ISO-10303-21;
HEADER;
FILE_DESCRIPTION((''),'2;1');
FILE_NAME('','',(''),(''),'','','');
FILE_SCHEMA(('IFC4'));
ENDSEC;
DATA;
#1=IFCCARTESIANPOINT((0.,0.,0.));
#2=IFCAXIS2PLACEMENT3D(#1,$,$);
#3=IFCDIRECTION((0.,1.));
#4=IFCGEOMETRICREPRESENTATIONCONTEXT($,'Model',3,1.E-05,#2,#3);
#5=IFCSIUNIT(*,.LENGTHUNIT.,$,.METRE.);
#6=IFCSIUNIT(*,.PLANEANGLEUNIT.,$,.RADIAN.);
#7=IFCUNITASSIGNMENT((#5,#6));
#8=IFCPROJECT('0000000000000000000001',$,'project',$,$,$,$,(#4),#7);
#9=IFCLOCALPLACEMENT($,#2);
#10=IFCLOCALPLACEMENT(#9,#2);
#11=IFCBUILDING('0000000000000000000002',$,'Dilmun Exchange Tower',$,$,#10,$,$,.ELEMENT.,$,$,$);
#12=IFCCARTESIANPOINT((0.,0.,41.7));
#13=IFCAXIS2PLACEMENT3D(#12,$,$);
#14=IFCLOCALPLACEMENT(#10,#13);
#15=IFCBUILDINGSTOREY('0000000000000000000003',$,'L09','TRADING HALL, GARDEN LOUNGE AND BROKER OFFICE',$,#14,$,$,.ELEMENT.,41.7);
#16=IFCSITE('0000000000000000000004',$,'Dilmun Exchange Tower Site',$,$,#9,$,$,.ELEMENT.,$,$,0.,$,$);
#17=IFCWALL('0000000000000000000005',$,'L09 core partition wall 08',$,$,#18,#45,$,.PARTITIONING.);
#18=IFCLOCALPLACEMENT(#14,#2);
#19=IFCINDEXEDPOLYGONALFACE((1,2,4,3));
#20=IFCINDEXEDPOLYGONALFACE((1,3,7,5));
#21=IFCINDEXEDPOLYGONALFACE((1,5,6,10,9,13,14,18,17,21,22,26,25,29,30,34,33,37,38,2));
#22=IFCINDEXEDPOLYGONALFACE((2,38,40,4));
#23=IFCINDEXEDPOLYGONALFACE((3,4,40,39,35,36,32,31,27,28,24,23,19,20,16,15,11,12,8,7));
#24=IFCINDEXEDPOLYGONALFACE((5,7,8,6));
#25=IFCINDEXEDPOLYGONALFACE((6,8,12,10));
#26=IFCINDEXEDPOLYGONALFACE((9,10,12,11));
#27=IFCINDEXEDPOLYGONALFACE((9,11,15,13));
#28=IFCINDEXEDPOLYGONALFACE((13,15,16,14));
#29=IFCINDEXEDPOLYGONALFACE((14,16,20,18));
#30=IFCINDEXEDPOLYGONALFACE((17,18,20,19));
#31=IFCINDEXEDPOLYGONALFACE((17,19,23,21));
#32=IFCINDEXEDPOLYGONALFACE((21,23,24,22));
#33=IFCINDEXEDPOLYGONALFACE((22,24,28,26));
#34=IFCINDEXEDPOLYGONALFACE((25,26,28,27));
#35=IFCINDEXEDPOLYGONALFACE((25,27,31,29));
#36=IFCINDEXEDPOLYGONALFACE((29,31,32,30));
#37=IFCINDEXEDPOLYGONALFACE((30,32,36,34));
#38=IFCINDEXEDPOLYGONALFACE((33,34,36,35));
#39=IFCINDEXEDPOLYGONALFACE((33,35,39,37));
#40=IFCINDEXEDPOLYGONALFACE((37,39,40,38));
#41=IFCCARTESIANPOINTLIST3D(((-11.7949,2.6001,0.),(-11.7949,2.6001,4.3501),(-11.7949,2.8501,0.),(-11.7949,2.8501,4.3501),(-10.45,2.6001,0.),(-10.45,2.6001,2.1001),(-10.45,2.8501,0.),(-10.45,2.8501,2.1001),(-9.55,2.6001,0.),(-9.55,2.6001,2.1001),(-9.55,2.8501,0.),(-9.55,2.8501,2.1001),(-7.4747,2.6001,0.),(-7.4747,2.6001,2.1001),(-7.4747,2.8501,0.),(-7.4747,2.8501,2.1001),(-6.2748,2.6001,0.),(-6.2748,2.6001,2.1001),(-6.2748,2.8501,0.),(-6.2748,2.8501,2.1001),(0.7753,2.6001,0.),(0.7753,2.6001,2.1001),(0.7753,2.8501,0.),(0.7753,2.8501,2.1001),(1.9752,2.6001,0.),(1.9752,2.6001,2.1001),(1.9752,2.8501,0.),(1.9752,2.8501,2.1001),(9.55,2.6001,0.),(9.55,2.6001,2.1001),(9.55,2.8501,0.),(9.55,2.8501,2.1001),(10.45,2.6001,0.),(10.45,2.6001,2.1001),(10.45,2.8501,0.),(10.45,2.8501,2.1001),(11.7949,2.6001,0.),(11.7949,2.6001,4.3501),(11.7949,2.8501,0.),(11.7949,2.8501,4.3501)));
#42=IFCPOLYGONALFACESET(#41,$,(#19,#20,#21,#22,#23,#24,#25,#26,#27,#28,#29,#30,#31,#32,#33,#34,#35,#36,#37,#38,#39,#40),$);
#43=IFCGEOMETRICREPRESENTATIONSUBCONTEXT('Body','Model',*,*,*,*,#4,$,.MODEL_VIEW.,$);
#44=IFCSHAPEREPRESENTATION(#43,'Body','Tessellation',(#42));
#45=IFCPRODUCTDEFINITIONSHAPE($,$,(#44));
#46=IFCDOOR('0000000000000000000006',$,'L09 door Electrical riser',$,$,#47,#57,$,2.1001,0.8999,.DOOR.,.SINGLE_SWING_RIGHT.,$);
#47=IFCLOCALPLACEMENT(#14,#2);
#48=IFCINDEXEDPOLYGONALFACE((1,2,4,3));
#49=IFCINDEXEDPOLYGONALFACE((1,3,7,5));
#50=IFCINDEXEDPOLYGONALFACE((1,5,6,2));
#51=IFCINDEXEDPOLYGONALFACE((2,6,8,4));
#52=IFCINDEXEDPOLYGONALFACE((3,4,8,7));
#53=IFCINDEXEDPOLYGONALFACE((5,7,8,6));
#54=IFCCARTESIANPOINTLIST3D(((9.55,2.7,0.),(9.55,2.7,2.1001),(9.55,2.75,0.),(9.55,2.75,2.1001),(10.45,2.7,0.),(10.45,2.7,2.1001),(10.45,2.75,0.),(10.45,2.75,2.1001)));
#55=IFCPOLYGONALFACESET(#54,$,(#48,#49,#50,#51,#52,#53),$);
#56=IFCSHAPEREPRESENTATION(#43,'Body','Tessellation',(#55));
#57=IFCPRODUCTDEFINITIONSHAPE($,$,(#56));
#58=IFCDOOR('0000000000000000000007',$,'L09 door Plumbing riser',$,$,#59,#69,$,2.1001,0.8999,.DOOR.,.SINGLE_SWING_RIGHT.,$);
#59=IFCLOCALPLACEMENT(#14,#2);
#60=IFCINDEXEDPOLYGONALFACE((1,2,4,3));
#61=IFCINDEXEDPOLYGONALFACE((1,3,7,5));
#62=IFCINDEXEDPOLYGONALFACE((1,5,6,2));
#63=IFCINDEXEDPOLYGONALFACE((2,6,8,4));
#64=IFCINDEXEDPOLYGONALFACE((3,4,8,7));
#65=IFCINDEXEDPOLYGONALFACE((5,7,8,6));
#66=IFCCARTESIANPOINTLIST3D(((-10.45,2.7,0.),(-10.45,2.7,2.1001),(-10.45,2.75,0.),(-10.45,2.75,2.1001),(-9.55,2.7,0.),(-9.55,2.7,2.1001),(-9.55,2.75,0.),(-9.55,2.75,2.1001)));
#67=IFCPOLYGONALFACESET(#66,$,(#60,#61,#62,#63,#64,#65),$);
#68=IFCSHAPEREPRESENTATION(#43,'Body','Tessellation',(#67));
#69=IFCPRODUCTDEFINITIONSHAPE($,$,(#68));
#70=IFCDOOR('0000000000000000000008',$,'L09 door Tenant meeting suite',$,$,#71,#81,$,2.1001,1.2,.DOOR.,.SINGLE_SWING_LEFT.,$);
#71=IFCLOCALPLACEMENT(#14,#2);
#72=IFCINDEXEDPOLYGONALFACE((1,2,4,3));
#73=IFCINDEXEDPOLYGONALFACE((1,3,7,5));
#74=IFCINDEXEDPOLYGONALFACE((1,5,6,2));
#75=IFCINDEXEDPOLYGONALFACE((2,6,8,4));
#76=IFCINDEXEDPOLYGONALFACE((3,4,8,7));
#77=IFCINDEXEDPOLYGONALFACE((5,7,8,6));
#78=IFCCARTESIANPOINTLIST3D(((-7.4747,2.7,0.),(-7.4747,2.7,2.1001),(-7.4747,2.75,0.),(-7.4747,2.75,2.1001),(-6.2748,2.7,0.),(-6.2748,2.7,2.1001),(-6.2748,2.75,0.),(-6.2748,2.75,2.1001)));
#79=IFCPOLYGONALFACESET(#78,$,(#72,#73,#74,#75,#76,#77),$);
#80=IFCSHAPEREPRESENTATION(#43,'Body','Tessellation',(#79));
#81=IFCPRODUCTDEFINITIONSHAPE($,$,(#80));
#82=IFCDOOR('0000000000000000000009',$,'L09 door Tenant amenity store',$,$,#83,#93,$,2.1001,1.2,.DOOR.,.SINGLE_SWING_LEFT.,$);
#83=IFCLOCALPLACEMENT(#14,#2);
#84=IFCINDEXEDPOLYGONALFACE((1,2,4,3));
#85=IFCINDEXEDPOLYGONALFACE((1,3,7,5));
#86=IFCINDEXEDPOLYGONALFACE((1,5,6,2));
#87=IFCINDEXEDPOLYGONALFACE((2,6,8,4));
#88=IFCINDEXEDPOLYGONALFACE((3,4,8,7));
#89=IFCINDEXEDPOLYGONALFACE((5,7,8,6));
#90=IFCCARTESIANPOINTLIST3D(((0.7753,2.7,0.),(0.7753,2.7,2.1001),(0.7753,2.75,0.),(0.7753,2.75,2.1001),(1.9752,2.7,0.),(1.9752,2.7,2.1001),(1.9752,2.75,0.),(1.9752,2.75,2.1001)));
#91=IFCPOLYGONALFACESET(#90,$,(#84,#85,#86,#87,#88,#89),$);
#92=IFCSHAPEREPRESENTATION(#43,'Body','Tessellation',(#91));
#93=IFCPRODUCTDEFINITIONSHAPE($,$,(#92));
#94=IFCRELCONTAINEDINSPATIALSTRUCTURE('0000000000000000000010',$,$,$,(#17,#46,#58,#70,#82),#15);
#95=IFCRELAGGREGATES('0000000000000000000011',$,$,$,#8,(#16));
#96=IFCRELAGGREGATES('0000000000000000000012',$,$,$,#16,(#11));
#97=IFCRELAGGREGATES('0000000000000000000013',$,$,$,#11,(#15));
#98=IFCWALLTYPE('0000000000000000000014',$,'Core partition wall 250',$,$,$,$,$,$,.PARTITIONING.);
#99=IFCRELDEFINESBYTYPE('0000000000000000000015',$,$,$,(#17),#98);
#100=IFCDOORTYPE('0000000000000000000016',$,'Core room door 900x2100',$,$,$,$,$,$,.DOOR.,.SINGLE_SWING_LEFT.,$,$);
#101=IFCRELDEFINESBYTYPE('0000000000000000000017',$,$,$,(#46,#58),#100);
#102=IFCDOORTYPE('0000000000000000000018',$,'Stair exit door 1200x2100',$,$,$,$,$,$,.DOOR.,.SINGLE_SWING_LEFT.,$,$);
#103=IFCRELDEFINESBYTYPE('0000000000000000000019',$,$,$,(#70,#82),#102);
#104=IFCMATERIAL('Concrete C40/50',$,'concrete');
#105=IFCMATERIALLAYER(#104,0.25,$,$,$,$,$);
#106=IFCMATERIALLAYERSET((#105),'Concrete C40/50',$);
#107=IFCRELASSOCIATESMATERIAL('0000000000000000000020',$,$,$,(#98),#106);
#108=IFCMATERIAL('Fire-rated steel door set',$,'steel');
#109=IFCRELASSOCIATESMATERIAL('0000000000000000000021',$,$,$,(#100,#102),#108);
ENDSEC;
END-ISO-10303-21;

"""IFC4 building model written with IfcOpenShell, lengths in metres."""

from ifc_helpers import new_model, si_unit, direction, frame, frame_2d, origin, place, context, subcontext, project, spatial, rectangle, extrude, material, layer, layer_set, type_object, element, fill, save


model = new_model("IFC4")

# Units and contexts
model_context = context("Model", 3, precision=1e-05, world=origin(), true_north=direction((0.0, 1.0)))
body_context = subcontext(model_context, "Body", "Model", "MODEL_VIEW")
ifc_project = project(units=[si_unit("LENGTHUNIT", "METRE"), si_unit("PLANEANGLEUNIT", "RADIAN")], contexts=[model_context])

# Site, building, storey
site_placement = place(None, origin())
site = spatial("IfcSite", under=ifc_project, at=site_placement, Name="Dilmun Exchange Tower Site", CompositionType="ELEMENT", RefElevation=0.0)
building_placement = place(site_placement, origin())
building = spatial("IfcBuilding", under=site, at=building_placement, Name="Dilmun Exchange Tower", CompositionType="ELEMENT")
storey_placement = place(building_placement, frame((0.0, 0.0, 41.7)))
storey = spatial("IfcBuildingStorey", under=building, at=storey_placement, Name="L09", Description="TRADING HALL, GARDEN LOUNGE AND BROKER OFFICE", CompositionType="ELEMENT", Elevation=41.7)

# Shared definitions
ifc_material_1 = material(Name="Concrete C40/50", Category="concrete")

# Wall, openings, doors
ifc_layer_1 = layer(ifc_material_1, 0.25)
ifc_layer_set_1 = layer_set([ifc_layer_1], Name="Concrete C40/50")
wall_type_1 = type_object("IfcWallType", Name="Core partition wall 250", PredefinedType="PARTITIONING", material=ifc_layer_set_1)
wall_1_placement = place(storey_placement, frame((-11.7949, 2.7251, 0.0), z_axis=(0.0, 0.0, 1.0), x_axis=(1.0, 0.0, 0.0)))
wall_1 = element("IfcWall", 1, at=wall_1_placement, inside=storey, type_object=wall_type_1, Name="L09 core partition wall 08", PredefinedType="PARTITIONING", context=body_context, shape_type="SweptSolid", body=[
    extrude(rectangle(XDim=23.5898, YDim=0.25, at=frame_2d((11.7949, 0.0))), origin(), (0.0, 0.0, 1.0), 4.3501),
])
opening_1_placement = place(wall_1_placement, frame((21.345, 0.0, 0.0)))
opening_1 = element("IfcOpeningElement", 2, at=opening_1_placement, cuts=wall_1, PredefinedType="OPENING", context=body_context, shape_type="SweptSolid", body=[
    extrude(rectangle(XDim=0.8999, YDim=2.1001, at=frame_2d((0.45, 1.05))), frame((0.0, 0.135, 0.0), z_axis=(0.0, -1.0, 0.0), x_axis=(1.0, 0.0, 0.0)), (0.0, 0.0, 1.0), 0.27),
])
opening_2_placement = place(wall_1_placement, frame((1.345, 0.0, 0.0)))
opening_2 = element("IfcOpeningElement", 3, at=opening_2_placement, cuts=wall_1, PredefinedType="OPENING", context=body_context, shape_type="SweptSolid", body=[
    extrude(rectangle(XDim=0.8999, YDim=2.1001, at=frame_2d((0.45, 1.05))), frame((0.0, 0.135, 0.0), z_axis=(0.0, -1.0, 0.0), x_axis=(1.0, 0.0, 0.0)), (0.0, 0.0, 1.0), 0.27),
])
opening_3_placement = place(wall_1_placement, frame((4.3201, 0.0, 0.0)))
opening_3 = element("IfcOpeningElement", 4, at=opening_3_placement, cuts=wall_1, PredefinedType="OPENING", context=body_context, shape_type="SweptSolid", body=[
    extrude(rectangle(XDim=1.2, YDim=2.1001, at=frame_2d((0.6001, 1.05))), frame((0.0, 0.135, 0.0), z_axis=(0.0, -1.0, 0.0), x_axis=(1.0, 0.0, 0.0)), (0.0, 0.0, 1.0), 0.27),
])
opening_4_placement = place(wall_1_placement, frame((12.5701, 0.0, 0.0)))
opening_4 = element("IfcOpeningElement", 5, at=opening_4_placement, cuts=wall_1, PredefinedType="OPENING", context=body_context, shape_type="SweptSolid", body=[
    extrude(rectangle(XDim=1.2, YDim=2.1001, at=frame_2d((0.6001, 1.05))), frame((0.0, 0.135, 0.0), z_axis=(0.0, -1.0, 0.0), x_axis=(1.0, 0.0, 0.0)), (0.0, 0.0, 1.0), 0.27),
])
ifc_material_2 = material(Name="Fire-rated steel door set", Category="steel")
door_type_1 = type_object("IfcDoorType", Name="Core room door 900x2100", OperationType="SINGLE_SWING_LEFT", PredefinedType="DOOR", material=ifc_material_2)
door_1_placement = place(opening_1_placement, origin())
door_1 = element("IfcDoor", 6, at=door_1_placement, inside=storey, type_object=door_type_1, Name="L09 door Electrical riser", OperationType="SINGLE_SWING_RIGHT", OverallHeight=2.1001, OverallWidth=0.8999, PredefinedType="DOOR", context=body_context, shape_type="SweptSolid", body=[
    extrude(rectangle(XDim=0.8999, YDim=2.1001, at=frame_2d((0.45, 1.05))), frame((0.0, 0.0249, 0.0), z_axis=(0.0, -1.0, 0.0), x_axis=(1.0, 0.0, 0.0)), (0.0, 0.0, 1.0), 0.05),
])
fill(opening_1, door_1)
door_2_placement = place(opening_2_placement, origin())
door_2 = element("IfcDoor", 7, at=door_2_placement, inside=storey, type_object=door_type_1, Name="L09 door Plumbing riser", OperationType="SINGLE_SWING_RIGHT", OverallHeight=2.1001, OverallWidth=0.8999, PredefinedType="DOOR", context=body_context, shape_type="SweptSolid", body=[
    extrude(rectangle(XDim=0.8999, YDim=2.1001, at=frame_2d((0.45, 1.05))), frame((0.0, 0.0249, 0.0), z_axis=(0.0, -1.0, 0.0), x_axis=(1.0, 0.0, 0.0)), (0.0, 0.0, 1.0), 0.05),
])
fill(opening_2, door_2)
door_type_2 = type_object("IfcDoorType", Name="Stair exit door 1200x2100", OperationType="SINGLE_SWING_LEFT", PredefinedType="DOOR", material=ifc_material_2)
door_3_placement = place(opening_3_placement, origin())
door_3 = element("IfcDoor", 8, at=door_3_placement, inside=storey, type_object=door_type_2, Name="L09 door Tenant meeting suite", OperationType="SINGLE_SWING_LEFT", OverallHeight=2.1001, OverallWidth=1.2, PredefinedType="DOOR", context=body_context, shape_type="SweptSolid", body=[
    extrude(rectangle(XDim=1.2, YDim=2.1001, at=frame_2d((0.6001, 1.05))), frame((0.0, 0.0249, 0.0), z_axis=(0.0, -1.0, 0.0), x_axis=(1.0, 0.0, 0.0)), (0.0, 0.0, 1.0), 0.05),
])
fill(opening_3, door_3)
door_4_placement = place(opening_4_placement, origin())
door_4 = element("IfcDoor", 9, at=door_4_placement, inside=storey, type_object=door_type_2, Name="L09 door Tenant amenity store", OperationType="SINGLE_SWING_LEFT", OverallHeight=2.1001, OverallWidth=1.2, PredefinedType="DOOR", context=body_context, shape_type="SweptSolid", body=[
    extrude(rectangle(XDim=1.2, YDim=2.1001, at=frame_2d((0.6001, 1.05))), frame((0.0, 0.0249, 0.0), z_axis=(0.0, -1.0, 0.0), x_axis=(1.0, 0.0, 0.0)), (0.0, 0.0, 1.0), 0.05),
])
fill(opening_4, door_4)

save(model, "model.ifc")
